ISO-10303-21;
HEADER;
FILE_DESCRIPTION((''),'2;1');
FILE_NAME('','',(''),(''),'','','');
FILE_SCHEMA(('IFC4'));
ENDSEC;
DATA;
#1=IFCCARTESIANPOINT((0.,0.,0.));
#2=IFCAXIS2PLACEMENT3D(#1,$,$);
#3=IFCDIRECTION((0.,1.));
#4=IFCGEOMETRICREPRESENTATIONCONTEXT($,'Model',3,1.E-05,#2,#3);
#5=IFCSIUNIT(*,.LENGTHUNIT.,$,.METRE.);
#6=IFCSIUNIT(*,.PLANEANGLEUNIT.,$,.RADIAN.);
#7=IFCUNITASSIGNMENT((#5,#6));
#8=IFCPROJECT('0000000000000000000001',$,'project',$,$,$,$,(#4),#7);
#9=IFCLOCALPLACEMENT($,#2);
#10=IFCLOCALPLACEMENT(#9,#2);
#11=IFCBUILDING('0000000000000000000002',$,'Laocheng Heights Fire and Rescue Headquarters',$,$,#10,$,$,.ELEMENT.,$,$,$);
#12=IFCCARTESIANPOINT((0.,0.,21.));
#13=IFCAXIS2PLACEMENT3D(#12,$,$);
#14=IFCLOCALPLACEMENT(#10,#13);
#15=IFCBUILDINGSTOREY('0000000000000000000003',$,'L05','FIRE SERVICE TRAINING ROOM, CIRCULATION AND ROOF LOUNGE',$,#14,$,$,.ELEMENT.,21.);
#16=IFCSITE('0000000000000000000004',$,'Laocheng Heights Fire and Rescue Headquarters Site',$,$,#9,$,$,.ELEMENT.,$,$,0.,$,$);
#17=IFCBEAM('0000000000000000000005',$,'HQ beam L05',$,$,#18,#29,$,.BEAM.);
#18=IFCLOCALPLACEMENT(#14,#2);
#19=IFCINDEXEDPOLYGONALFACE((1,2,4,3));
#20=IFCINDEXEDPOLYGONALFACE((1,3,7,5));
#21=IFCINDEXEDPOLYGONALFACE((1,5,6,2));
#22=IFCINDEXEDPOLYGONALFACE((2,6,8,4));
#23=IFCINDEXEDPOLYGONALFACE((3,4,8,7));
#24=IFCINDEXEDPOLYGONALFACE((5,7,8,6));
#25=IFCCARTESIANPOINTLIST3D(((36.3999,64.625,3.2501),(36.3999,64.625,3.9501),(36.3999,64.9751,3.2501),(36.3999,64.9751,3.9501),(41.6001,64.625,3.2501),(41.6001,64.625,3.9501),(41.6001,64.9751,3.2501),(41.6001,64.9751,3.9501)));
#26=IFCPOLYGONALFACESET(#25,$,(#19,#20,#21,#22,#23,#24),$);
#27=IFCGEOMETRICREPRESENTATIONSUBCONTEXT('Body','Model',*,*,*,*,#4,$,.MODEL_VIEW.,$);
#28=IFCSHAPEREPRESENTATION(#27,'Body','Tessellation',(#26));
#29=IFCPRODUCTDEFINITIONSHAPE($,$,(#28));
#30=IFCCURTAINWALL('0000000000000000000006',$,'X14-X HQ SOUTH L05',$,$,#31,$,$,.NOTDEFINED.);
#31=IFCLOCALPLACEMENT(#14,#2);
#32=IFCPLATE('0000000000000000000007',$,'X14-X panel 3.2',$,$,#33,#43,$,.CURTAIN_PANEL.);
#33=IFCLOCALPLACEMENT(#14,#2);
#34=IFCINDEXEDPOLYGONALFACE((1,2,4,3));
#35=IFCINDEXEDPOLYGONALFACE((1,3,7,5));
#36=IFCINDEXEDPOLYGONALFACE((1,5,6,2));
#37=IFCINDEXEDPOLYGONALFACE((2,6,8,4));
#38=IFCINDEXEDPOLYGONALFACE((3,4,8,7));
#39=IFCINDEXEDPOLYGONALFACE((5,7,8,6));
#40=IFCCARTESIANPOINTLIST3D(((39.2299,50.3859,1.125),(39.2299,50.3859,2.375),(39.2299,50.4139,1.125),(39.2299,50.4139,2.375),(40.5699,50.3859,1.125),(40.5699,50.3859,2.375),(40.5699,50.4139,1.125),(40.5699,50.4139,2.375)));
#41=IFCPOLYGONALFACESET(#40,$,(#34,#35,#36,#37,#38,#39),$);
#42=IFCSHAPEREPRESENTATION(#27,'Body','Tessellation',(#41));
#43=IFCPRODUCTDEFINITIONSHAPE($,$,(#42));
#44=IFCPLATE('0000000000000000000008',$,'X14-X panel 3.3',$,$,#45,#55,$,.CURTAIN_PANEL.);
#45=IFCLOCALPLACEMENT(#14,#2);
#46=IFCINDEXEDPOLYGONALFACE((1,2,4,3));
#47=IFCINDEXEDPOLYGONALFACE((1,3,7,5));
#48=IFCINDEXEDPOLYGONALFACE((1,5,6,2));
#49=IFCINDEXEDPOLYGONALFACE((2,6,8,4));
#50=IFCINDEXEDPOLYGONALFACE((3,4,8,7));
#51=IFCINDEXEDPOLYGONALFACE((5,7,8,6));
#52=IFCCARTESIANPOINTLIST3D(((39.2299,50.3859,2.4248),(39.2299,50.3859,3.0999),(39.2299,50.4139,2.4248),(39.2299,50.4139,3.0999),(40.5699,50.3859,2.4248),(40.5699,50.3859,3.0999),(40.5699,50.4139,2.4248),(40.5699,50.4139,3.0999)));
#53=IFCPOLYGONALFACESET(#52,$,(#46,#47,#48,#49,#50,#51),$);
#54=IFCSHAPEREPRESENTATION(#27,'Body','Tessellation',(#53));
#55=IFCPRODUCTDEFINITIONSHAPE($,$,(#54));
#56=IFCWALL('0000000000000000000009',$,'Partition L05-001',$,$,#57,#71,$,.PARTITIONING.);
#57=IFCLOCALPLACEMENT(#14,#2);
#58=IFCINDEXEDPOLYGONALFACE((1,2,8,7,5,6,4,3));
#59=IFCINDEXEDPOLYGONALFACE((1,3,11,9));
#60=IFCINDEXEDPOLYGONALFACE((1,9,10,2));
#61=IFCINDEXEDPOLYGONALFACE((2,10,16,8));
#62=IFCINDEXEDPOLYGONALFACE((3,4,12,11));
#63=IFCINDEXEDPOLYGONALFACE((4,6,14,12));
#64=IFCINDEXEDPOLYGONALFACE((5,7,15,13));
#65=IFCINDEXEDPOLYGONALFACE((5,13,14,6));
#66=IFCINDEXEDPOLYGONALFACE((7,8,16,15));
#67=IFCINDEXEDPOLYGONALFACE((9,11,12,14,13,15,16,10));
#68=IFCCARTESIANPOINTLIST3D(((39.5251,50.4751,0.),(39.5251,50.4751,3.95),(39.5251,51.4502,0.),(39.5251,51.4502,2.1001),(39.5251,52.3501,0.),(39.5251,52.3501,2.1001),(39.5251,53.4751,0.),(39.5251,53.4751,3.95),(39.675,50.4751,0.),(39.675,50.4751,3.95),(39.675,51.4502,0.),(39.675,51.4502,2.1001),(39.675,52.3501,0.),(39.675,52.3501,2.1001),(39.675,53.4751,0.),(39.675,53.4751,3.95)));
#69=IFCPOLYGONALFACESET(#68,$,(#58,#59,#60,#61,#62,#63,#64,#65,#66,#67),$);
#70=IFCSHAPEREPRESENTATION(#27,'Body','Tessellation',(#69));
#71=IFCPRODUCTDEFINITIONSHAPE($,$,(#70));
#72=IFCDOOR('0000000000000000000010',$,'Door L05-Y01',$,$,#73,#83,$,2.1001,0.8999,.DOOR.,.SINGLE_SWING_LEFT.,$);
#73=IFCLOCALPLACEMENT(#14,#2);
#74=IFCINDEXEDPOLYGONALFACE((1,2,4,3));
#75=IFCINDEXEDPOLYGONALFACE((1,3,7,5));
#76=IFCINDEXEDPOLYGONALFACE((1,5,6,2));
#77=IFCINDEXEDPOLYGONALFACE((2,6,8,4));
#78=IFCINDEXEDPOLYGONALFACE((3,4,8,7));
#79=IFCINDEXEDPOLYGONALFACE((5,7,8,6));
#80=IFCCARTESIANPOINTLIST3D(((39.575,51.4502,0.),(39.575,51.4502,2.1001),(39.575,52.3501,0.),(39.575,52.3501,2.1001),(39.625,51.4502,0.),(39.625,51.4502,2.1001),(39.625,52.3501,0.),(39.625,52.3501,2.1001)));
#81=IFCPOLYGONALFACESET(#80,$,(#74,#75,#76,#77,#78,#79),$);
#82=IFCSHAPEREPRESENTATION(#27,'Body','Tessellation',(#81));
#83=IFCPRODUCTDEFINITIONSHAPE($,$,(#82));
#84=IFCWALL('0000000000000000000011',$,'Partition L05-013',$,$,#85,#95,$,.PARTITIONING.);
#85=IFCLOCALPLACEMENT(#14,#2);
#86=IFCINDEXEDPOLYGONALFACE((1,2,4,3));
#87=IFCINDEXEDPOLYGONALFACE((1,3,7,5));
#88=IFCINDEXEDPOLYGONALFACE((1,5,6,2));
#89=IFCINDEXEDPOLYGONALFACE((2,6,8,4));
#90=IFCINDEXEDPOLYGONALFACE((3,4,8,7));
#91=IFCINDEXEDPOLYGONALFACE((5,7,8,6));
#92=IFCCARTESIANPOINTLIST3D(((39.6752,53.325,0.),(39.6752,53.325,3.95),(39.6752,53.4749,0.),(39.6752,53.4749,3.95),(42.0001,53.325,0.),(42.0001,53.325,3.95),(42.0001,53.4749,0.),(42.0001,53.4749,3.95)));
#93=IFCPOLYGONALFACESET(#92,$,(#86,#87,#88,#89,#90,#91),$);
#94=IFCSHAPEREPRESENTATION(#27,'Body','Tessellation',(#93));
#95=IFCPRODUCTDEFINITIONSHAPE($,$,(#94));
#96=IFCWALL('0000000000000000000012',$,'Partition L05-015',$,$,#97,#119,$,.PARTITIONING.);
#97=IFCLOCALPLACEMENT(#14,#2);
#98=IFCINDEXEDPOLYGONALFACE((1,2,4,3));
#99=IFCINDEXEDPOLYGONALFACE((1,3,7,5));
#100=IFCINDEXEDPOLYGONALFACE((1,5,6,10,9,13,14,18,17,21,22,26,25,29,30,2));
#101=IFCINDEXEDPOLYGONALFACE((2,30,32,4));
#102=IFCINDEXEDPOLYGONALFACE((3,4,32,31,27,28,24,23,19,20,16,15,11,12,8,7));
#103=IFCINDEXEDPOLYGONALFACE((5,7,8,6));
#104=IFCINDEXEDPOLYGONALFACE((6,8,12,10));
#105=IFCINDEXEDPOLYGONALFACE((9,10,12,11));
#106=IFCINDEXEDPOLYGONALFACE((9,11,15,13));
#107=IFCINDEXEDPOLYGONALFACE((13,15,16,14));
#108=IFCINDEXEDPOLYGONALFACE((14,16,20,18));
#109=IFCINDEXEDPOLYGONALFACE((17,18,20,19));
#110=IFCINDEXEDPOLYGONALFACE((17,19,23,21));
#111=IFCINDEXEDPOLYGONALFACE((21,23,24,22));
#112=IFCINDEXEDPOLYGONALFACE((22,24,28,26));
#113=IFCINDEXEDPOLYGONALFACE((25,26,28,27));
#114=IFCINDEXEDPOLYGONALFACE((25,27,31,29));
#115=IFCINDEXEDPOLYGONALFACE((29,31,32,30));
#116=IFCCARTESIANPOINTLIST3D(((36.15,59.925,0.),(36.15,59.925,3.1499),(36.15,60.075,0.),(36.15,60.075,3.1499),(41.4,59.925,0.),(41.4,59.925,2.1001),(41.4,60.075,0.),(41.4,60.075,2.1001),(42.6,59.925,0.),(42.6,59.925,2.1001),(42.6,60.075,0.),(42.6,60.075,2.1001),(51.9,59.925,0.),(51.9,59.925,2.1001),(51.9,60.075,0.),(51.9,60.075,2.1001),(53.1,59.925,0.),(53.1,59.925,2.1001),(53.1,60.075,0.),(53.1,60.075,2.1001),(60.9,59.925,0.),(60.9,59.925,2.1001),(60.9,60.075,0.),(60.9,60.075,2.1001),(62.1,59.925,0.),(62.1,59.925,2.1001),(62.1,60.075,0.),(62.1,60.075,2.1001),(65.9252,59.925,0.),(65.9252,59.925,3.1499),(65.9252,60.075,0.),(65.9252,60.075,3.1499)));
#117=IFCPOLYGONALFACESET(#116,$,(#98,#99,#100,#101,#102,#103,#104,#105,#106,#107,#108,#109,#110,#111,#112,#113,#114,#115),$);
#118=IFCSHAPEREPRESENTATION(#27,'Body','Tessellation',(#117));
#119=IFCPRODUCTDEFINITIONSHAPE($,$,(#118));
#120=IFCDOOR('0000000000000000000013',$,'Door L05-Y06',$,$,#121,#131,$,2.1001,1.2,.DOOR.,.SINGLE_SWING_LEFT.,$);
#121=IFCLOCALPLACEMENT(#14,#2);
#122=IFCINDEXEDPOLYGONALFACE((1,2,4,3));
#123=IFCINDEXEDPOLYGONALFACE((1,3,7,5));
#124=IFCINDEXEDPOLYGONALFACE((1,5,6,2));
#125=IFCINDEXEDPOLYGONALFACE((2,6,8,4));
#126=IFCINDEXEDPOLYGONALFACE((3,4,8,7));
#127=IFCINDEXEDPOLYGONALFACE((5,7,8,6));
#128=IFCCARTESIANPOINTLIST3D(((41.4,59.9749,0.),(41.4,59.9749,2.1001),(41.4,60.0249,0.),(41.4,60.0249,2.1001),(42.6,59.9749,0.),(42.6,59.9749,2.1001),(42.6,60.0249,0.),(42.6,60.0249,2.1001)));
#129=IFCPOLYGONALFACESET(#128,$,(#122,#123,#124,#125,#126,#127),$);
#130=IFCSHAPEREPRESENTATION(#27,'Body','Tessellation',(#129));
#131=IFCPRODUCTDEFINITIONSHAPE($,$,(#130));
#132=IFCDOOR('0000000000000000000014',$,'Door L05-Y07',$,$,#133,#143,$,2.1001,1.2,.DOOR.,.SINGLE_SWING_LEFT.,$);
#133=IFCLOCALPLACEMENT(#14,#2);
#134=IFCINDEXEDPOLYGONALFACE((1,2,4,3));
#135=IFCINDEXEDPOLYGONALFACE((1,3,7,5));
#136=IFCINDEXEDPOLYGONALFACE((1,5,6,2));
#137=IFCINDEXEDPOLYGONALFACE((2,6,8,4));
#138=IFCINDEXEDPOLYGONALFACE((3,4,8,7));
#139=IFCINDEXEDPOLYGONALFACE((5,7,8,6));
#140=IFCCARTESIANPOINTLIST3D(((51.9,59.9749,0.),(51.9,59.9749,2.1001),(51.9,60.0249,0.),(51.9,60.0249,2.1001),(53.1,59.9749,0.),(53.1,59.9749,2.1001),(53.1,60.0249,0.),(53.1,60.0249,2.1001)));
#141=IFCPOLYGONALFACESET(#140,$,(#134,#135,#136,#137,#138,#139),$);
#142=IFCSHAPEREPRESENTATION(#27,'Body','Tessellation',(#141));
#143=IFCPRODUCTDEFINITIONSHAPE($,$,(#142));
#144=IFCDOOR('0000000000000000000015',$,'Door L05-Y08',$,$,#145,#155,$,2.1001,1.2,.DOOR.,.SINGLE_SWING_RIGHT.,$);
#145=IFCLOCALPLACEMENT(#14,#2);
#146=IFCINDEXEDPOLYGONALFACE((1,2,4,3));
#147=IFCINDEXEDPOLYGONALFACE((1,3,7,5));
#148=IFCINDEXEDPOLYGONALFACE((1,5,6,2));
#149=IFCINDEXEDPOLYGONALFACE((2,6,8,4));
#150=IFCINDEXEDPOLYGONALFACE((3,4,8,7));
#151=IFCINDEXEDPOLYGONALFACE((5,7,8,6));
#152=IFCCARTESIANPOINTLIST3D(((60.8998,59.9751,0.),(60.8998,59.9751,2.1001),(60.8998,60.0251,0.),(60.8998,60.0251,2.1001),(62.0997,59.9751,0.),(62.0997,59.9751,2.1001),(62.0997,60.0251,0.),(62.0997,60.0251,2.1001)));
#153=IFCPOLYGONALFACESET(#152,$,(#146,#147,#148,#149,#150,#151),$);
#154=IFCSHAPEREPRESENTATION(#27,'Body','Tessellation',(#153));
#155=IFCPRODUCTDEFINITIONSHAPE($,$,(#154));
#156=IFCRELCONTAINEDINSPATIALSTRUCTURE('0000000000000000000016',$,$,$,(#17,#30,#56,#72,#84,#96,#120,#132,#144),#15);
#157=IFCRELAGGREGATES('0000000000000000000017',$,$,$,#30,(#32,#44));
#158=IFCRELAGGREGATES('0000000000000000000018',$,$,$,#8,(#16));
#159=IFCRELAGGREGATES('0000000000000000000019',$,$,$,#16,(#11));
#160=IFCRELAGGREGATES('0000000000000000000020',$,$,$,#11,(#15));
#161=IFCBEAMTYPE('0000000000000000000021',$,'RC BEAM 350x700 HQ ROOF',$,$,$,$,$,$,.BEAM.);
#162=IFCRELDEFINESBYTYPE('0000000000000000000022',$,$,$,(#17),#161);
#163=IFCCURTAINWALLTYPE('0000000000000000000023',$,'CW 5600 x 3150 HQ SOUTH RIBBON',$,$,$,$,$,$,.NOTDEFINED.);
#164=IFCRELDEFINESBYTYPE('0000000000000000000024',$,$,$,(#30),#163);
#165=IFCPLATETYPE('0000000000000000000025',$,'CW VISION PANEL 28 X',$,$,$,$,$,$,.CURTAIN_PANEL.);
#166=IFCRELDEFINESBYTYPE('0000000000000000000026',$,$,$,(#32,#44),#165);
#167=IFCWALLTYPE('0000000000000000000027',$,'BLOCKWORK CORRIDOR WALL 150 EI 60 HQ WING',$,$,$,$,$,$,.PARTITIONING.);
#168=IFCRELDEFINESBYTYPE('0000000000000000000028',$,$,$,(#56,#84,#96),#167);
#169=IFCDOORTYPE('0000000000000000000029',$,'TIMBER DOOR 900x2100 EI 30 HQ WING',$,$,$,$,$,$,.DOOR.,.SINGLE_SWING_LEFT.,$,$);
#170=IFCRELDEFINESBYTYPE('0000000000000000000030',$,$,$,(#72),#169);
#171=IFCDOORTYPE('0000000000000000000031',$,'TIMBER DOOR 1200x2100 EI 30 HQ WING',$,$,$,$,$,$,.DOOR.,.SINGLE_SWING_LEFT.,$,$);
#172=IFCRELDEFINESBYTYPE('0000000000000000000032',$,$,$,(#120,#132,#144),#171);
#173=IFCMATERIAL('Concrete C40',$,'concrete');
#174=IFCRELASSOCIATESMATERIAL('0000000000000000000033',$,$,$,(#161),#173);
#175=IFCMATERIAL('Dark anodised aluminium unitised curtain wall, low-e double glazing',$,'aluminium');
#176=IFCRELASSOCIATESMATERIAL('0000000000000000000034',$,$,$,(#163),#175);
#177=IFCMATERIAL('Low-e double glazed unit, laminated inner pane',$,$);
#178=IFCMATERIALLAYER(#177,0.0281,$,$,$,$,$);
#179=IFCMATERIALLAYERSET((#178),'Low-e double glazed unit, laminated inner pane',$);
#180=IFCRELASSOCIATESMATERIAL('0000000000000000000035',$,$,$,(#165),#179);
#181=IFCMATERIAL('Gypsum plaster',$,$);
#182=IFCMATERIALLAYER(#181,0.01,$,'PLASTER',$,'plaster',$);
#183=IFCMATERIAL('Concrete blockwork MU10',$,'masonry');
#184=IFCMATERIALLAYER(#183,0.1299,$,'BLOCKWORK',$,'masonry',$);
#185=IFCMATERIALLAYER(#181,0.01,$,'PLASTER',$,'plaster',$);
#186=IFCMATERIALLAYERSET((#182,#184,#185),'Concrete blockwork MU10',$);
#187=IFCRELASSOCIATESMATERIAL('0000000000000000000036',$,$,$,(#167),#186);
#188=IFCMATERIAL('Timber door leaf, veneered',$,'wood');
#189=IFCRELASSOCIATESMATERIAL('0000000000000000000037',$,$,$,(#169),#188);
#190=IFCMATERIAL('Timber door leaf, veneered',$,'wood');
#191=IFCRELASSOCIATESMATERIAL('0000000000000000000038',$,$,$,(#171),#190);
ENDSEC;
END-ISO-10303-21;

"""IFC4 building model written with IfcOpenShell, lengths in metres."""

from ifc_helpers import new_model, si_unit, direction, frame, frame_2d, origin, origin_2d, place, context, subcontext, project, spatial, rectangle, extrude, material, layer, layer_set, material_profile, profile_set, type_object, element, fill, aggregate, save


model = new_model("IFC4")

# Units and contexts
model_context = context("Model", 3, precision=1e-05, world=origin(), true_north=direction((0.0, 1.0)))
body_context = subcontext(model_context, "Body", "Model", "MODEL_VIEW")
ifc_project = project(units=[si_unit("LENGTHUNIT", "METRE"), si_unit("PLANEANGLEUNIT", "RADIAN")], contexts=[model_context])

# Site, building, storey
site_placement = place(None, origin())
site = spatial("IfcSite", under=ifc_project, at=site_placement, Name="Laocheng Heights Fire and Rescue Headquarters Site", CompositionType="ELEMENT", RefElevation=0.0)
building_placement = place(site_placement, origin())
building = spatial("IfcBuilding", under=site, at=building_placement, Name="Laocheng Heights Fire and Rescue Headquarters", CompositionType="ELEMENT")
storey_placement = place(building_placement, frame((0.0, 0.0, 21.0)))
storey = spatial("IfcBuildingStorey", under=building, at=storey_placement, Name="L05", Description="FIRE SERVICE TRAINING ROOM, CIRCULATION AND ROOF LOUNGE", CompositionType="ELEMENT", Elevation=21.0)

# Beam
ifc_material_1 = material(Name="Concrete C40", Category="concrete")
ifc_material_profile = material_profile(ifc_material_1, rectangle(XDim=0.3501, YDim=0.7, at=origin_2d()), Name="RC BEAM 350x700 HQ ROOF")
ifc_profile_set = profile_set([ifc_material_profile], Name="Concrete C40")
beam_type = type_object("IfcBeamType", Name="RC BEAM 350x700 HQ ROOF", PredefinedType="BEAM", material=ifc_profile_set)
beam_placement = place(storey_placement, frame((36.3999, 64.8, 3.6001), z_axis=(1.0, 0.0, 0.0), x_axis=(0.0, 1.0, 0.0)))
element("IfcBeam", 1, at=beam_placement, inside=storey, type_object=beam_type, Name="HQ beam L05", PredefinedType="BEAM", context=body_context, shape_type="SweptSolid", body=[
    extrude(rectangle(XDim=0.3501, YDim=0.7, at=origin_2d()), origin(), (0.0, 0.0, 1.0), 5.2002),
])

# Curtain wall, plates
ifc_material_2 = material(Name="Dark anodised aluminium unitised curtain wall, low-e double glazing", Category="aluminium")
curtain_wall_type = type_object("IfcCurtainWallType", Name="CW 5600 x 3150 HQ SOUTH RIBBON", PredefinedType="NOTDEFINED", material=ifc_material_2)
curtain_wall_placement = place(storey_placement, origin())
curtain_wall = element("IfcCurtainWall", 2, at=curtain_wall_placement, inside=storey, type_object=curtain_wall_type, Name="X14-X HQ SOUTH L05", PredefinedType="NOTDEFINED")
ifc_material_3 = material(Name="Low-e double glazed unit, laminated inner pane")
ifc_layer_1 = layer(ifc_material_3, 0.0281)
ifc_layer_set_1 = layer_set([ifc_layer_1], Name="Low-e double glazed unit, laminated inner pane")
plate_type = type_object("IfcPlateType", Name="CW VISION PANEL 28 X", PredefinedType="CURTAIN_PANEL", material=ifc_layer_set_1)
plate_1_placement = place(storey_placement, frame((39.8999, 50.3999, 1.125), z_axis=(0.0, 0.0, 1.0), x_axis=(1.0, 0.0, 0.0)))
plate_1 = element("IfcPlate", 3, at=plate_1_placement, type_object=plate_type, Name="X14-X panel 3.2", PredefinedType="CURTAIN_PANEL", context=body_context, shape_type="SweptSolid", body=[
    extrude(rectangle(XDim=1.3401, YDim=0.0281, at=origin_2d()), origin(), (0.0, 0.0, 1.0), 1.25),
])
plate_2_placement = place(storey_placement, frame((39.8999, 50.3999, 2.4248), z_axis=(0.0, 0.0, 1.0), x_axis=(1.0, 0.0, 0.0)))
plate_2 = element("IfcPlate", 4, at=plate_2_placement, type_object=plate_type, Name="X14-X panel 3.3", PredefinedType="CURTAIN_PANEL", context=body_context, shape_type="SweptSolid", body=[
    extrude(rectangle(XDim=1.3401, YDim=0.0281, at=origin_2d()), origin(), (0.0, 0.0, 1.0), 0.675),
])
aggregate(curtain_wall, [plate_1, plate_2])

# Wall, opening, door
ifc_material_4 = material(Name="Gypsum plaster")
ifc_layer_2 = layer(ifc_material_4, 0.01, Name="PLASTER", Category="plaster")
ifc_material_5 = material(Name="Concrete blockwork MU10", Category="masonry")
ifc_layer_3 = layer(ifc_material_5, 0.1299, Name="BLOCKWORK", Category="masonry")
ifc_layer_4 = layer(ifc_material_4, 0.01, Name="PLASTER", Category="plaster")
ifc_layer_set_2 = layer_set([ifc_layer_2, ifc_layer_3, ifc_layer_4], Name="Concrete blockwork MU10")
wall_type_1 = type_object("IfcWallType", Name="BLOCKWORK CORRIDOR WALL 150 EI 60 HQ WING", PredefinedType="PARTITIONING", material=ifc_layer_set_2)
wall_1_placement = place(storey_placement, frame((39.6001, 50.4751, 0.0), z_axis=(0.0, 0.0, 1.0), x_axis=(0.0, 1.0, 0.0)))
wall_1 = element("IfcWall", 5, at=wall_1_placement, inside=storey, type_object=wall_type_1, Name="Partition L05-001", PredefinedType="PARTITIONING", context=body_context, shape_type="SweptSolid", body=[
    extrude(rectangle(XDim=3.0, YDim=0.1499, at=frame_2d((1.5, 0.0))), origin(), (0.0, 0.0, 1.0), 3.95),
])
opening_1_placement = place(wall_1_placement, frame((0.9751, 0.0, 0.0)))
opening_1 = element("IfcOpeningElement", 6, at=opening_1_placement, cuts=wall_1, PredefinedType="OPENING", context=body_context, shape_type="SweptSolid", body=[
    extrude(rectangle(XDim=0.8999, YDim=2.1001, at=frame_2d((0.45, 1.05))), frame((0.0, 0.085, 0.0), z_axis=(0.0, -1.0, 0.0), x_axis=(1.0, 0.0, 0.0)), (0.0, 0.0, 1.0), 0.1699),
])
ifc_material_6 = material(Name="Timber door leaf, veneered", Category="wood")
door_type_1 = type_object("IfcDoorType", Name="TIMBER DOOR 900x2100 EI 30 HQ WING", OperationType="SINGLE_SWING_LEFT", PredefinedType="DOOR", material=ifc_material_6)
door_1_placement = place(opening_1_placement, frame((0.8999, 0.0, 0.0), z_axis=(0.0, 0.0, 1.0), x_axis=(-1.0, 0.0, 0.0)))
door_1 = element("IfcDoor", 7, at=door_1_placement, inside=storey, type_object=door_type_1, Name="Door L05-Y01", OperationType="SINGLE_SWING_LEFT", OverallHeight=2.1001, OverallWidth=0.8999, PredefinedType="DOOR", context=body_context, shape_type="SweptSolid", body=[
    extrude(rectangle(XDim=0.8999, YDim=2.1001, at=frame_2d((0.45, 1.05))), frame((0.0, 0.0249, 0.0), z_axis=(0.0, -1.0, 0.0), x_axis=(1.0, 0.0, 0.0)), (0.0, 0.0, 1.0), 0.05),
])
fill(opening_1, door_1)

# Wall
wall_2_placement = place(storey_placement, frame((39.675, 53.3999, 0.0), z_axis=(0.0, 0.0, 1.0), x_axis=(1.0, 0.0, 0.0)))
element("IfcWall", 8, at=wall_2_placement, inside=storey, type_object=wall_type_1, Name="Partition L05-013", PredefinedType="PARTITIONING", context=body_context, shape_type="SweptSolid", body=[
    extrude(rectangle(XDim=2.325, YDim=0.1499, at=frame_2d((1.1626, 0.0))), origin(), (0.0, 0.0, 1.0), 3.95),
])

# Wall, openings, doors
wall_3_placement = place(storey_placement, frame((36.1499, 60.0, 0.0), z_axis=(0.0, 0.0, 1.0), x_axis=(1.0, 0.0, 0.0)))
wall_3 = element("IfcWall", 9, at=wall_3_placement, inside=storey, type_object=wall_type_1, Name="Partition L05-015", PredefinedType="PARTITIONING", context=body_context, shape_type="SweptSolid", body=[
    extrude(rectangle(XDim=29.7751, YDim=0.1499, at=frame_2d((14.8877, 0.0))), origin(), (0.0, 0.0, 1.0), 3.1499),
])
opening_2_placement = place(wall_3_placement, frame((5.25, 0.0, 0.0)))
opening_2 = element("IfcOpeningElement", 10, at=opening_2_placement, cuts=wall_3, PredefinedType="OPENING", context=body_context, shape_type="SweptSolid", body=[
    extrude(rectangle(XDim=1.2, YDim=2.1001, at=frame_2d((0.6001, 1.05))), frame((0.0, 0.085, 0.0), z_axis=(0.0, -1.0, 0.0), x_axis=(1.0, 0.0, 0.0)), (0.0, 0.0, 1.0), 0.1699),
])
opening_3_placement = place(wall_3_placement, frame((15.75, 0.0, 0.0)))
opening_3 = element("IfcOpeningElement", 11, at=opening_3_placement, cuts=wall_3, PredefinedType="OPENING", context=body_context, shape_type="SweptSolid", body=[
    extrude(rectangle(XDim=1.2, YDim=2.1001, at=frame_2d((0.6001, 1.05))), frame((0.0, 0.085, 0.0), z_axis=(0.0, -1.0, 0.0), x_axis=(1.0, 0.0, 0.0)), (0.0, 0.0, 1.0), 0.1699),
])
opening_4_placement = place(wall_3_placement, frame((24.75, 0.0, 0.0)))
opening_4 = element("IfcOpeningElement", 12, at=opening_4_placement, cuts=wall_3, PredefinedType="OPENING", context=body_context, shape_type="SweptSolid", body=[
    extrude(rectangle(XDim=1.2, YDim=2.1001, at=frame_2d((0.6001, 1.05))), frame((0.0, 0.085, 0.0), z_axis=(0.0, -1.0, 0.0), x_axis=(1.0, 0.0, 0.0)), (0.0, 0.0, 1.0), 0.1699),
])
ifc_material_7 = material(Name="Timber door leaf, veneered", Category="wood")
door_type_2 = type_object("IfcDoorType", Name="TIMBER DOOR 1200x2100 EI 30 HQ WING", OperationType="SINGLE_SWING_LEFT", PredefinedType="DOOR", material=ifc_material_7)
door_2_placement = place(opening_2_placement, origin())
door_2 = element("IfcDoor", 13, at=door_2_placement, inside=storey, type_object=door_type_2, Name="Door L05-Y06", OperationType="SINGLE_SWING_LEFT", OverallHeight=2.1001, OverallWidth=1.2, PredefinedType="DOOR", context=body_context, shape_type="SweptSolid", body=[
    extrude(rectangle(XDim=1.2, YDim=2.1001, at=frame_2d((0.6001, 1.05))), frame((0.0, 0.0249, 0.0), z_axis=(0.0, -1.0, 0.0), x_axis=(1.0, 0.0, 0.0)), (0.0, 0.0, 1.0), 0.05),
])
fill(opening_2, door_2)
door_3_placement = place(opening_3_placement, origin())
door_3 = element("IfcDoor", 14, at=door_3_placement, inside=storey, type_object=door_type_2, Name="Door L05-Y07", OperationType="SINGLE_SWING_LEFT", OverallHeight=2.1001, OverallWidth=1.2, PredefinedType="DOOR", context=body_context, shape_type="SweptSolid", body=[
    extrude(rectangle(XDim=1.2, YDim=2.1001, at=frame_2d((0.6001, 1.05))), frame((0.0, 0.0249, 0.0), z_axis=(0.0, -1.0, 0.0), x_axis=(1.0, 0.0, 0.0)), (0.0, 0.0, 1.0), 0.05),
])
fill(opening_3, door_3)
door_4_placement = place(opening_4_placement, frame((1.2, 0.0, 0.0), z_axis=(0.0, 0.0, 1.0), x_axis=(-1.0, 0.0, 0.0)))
door_4 = element("IfcDoor", 15, at=door_4_placement, inside=storey, type_object=door_type_2, Name="Door L05-Y08", OperationType="SINGLE_SWING_RIGHT", OverallHeight=2.1001, OverallWidth=1.2, PredefinedType="DOOR", context=body_context, shape_type="SweptSolid", body=[
    extrude(rectangle(XDim=1.2, YDim=2.1001, at=frame_2d((0.6001, 1.05))), frame((0.0, 0.0249, 0.0), z_axis=(0.0, -1.0, 0.0), x_axis=(1.0, 0.0, 0.0)), (0.0, 0.0, 1.0), 0.05),
])
fill(opening_4, door_4)

save(model, "model.ifc")
